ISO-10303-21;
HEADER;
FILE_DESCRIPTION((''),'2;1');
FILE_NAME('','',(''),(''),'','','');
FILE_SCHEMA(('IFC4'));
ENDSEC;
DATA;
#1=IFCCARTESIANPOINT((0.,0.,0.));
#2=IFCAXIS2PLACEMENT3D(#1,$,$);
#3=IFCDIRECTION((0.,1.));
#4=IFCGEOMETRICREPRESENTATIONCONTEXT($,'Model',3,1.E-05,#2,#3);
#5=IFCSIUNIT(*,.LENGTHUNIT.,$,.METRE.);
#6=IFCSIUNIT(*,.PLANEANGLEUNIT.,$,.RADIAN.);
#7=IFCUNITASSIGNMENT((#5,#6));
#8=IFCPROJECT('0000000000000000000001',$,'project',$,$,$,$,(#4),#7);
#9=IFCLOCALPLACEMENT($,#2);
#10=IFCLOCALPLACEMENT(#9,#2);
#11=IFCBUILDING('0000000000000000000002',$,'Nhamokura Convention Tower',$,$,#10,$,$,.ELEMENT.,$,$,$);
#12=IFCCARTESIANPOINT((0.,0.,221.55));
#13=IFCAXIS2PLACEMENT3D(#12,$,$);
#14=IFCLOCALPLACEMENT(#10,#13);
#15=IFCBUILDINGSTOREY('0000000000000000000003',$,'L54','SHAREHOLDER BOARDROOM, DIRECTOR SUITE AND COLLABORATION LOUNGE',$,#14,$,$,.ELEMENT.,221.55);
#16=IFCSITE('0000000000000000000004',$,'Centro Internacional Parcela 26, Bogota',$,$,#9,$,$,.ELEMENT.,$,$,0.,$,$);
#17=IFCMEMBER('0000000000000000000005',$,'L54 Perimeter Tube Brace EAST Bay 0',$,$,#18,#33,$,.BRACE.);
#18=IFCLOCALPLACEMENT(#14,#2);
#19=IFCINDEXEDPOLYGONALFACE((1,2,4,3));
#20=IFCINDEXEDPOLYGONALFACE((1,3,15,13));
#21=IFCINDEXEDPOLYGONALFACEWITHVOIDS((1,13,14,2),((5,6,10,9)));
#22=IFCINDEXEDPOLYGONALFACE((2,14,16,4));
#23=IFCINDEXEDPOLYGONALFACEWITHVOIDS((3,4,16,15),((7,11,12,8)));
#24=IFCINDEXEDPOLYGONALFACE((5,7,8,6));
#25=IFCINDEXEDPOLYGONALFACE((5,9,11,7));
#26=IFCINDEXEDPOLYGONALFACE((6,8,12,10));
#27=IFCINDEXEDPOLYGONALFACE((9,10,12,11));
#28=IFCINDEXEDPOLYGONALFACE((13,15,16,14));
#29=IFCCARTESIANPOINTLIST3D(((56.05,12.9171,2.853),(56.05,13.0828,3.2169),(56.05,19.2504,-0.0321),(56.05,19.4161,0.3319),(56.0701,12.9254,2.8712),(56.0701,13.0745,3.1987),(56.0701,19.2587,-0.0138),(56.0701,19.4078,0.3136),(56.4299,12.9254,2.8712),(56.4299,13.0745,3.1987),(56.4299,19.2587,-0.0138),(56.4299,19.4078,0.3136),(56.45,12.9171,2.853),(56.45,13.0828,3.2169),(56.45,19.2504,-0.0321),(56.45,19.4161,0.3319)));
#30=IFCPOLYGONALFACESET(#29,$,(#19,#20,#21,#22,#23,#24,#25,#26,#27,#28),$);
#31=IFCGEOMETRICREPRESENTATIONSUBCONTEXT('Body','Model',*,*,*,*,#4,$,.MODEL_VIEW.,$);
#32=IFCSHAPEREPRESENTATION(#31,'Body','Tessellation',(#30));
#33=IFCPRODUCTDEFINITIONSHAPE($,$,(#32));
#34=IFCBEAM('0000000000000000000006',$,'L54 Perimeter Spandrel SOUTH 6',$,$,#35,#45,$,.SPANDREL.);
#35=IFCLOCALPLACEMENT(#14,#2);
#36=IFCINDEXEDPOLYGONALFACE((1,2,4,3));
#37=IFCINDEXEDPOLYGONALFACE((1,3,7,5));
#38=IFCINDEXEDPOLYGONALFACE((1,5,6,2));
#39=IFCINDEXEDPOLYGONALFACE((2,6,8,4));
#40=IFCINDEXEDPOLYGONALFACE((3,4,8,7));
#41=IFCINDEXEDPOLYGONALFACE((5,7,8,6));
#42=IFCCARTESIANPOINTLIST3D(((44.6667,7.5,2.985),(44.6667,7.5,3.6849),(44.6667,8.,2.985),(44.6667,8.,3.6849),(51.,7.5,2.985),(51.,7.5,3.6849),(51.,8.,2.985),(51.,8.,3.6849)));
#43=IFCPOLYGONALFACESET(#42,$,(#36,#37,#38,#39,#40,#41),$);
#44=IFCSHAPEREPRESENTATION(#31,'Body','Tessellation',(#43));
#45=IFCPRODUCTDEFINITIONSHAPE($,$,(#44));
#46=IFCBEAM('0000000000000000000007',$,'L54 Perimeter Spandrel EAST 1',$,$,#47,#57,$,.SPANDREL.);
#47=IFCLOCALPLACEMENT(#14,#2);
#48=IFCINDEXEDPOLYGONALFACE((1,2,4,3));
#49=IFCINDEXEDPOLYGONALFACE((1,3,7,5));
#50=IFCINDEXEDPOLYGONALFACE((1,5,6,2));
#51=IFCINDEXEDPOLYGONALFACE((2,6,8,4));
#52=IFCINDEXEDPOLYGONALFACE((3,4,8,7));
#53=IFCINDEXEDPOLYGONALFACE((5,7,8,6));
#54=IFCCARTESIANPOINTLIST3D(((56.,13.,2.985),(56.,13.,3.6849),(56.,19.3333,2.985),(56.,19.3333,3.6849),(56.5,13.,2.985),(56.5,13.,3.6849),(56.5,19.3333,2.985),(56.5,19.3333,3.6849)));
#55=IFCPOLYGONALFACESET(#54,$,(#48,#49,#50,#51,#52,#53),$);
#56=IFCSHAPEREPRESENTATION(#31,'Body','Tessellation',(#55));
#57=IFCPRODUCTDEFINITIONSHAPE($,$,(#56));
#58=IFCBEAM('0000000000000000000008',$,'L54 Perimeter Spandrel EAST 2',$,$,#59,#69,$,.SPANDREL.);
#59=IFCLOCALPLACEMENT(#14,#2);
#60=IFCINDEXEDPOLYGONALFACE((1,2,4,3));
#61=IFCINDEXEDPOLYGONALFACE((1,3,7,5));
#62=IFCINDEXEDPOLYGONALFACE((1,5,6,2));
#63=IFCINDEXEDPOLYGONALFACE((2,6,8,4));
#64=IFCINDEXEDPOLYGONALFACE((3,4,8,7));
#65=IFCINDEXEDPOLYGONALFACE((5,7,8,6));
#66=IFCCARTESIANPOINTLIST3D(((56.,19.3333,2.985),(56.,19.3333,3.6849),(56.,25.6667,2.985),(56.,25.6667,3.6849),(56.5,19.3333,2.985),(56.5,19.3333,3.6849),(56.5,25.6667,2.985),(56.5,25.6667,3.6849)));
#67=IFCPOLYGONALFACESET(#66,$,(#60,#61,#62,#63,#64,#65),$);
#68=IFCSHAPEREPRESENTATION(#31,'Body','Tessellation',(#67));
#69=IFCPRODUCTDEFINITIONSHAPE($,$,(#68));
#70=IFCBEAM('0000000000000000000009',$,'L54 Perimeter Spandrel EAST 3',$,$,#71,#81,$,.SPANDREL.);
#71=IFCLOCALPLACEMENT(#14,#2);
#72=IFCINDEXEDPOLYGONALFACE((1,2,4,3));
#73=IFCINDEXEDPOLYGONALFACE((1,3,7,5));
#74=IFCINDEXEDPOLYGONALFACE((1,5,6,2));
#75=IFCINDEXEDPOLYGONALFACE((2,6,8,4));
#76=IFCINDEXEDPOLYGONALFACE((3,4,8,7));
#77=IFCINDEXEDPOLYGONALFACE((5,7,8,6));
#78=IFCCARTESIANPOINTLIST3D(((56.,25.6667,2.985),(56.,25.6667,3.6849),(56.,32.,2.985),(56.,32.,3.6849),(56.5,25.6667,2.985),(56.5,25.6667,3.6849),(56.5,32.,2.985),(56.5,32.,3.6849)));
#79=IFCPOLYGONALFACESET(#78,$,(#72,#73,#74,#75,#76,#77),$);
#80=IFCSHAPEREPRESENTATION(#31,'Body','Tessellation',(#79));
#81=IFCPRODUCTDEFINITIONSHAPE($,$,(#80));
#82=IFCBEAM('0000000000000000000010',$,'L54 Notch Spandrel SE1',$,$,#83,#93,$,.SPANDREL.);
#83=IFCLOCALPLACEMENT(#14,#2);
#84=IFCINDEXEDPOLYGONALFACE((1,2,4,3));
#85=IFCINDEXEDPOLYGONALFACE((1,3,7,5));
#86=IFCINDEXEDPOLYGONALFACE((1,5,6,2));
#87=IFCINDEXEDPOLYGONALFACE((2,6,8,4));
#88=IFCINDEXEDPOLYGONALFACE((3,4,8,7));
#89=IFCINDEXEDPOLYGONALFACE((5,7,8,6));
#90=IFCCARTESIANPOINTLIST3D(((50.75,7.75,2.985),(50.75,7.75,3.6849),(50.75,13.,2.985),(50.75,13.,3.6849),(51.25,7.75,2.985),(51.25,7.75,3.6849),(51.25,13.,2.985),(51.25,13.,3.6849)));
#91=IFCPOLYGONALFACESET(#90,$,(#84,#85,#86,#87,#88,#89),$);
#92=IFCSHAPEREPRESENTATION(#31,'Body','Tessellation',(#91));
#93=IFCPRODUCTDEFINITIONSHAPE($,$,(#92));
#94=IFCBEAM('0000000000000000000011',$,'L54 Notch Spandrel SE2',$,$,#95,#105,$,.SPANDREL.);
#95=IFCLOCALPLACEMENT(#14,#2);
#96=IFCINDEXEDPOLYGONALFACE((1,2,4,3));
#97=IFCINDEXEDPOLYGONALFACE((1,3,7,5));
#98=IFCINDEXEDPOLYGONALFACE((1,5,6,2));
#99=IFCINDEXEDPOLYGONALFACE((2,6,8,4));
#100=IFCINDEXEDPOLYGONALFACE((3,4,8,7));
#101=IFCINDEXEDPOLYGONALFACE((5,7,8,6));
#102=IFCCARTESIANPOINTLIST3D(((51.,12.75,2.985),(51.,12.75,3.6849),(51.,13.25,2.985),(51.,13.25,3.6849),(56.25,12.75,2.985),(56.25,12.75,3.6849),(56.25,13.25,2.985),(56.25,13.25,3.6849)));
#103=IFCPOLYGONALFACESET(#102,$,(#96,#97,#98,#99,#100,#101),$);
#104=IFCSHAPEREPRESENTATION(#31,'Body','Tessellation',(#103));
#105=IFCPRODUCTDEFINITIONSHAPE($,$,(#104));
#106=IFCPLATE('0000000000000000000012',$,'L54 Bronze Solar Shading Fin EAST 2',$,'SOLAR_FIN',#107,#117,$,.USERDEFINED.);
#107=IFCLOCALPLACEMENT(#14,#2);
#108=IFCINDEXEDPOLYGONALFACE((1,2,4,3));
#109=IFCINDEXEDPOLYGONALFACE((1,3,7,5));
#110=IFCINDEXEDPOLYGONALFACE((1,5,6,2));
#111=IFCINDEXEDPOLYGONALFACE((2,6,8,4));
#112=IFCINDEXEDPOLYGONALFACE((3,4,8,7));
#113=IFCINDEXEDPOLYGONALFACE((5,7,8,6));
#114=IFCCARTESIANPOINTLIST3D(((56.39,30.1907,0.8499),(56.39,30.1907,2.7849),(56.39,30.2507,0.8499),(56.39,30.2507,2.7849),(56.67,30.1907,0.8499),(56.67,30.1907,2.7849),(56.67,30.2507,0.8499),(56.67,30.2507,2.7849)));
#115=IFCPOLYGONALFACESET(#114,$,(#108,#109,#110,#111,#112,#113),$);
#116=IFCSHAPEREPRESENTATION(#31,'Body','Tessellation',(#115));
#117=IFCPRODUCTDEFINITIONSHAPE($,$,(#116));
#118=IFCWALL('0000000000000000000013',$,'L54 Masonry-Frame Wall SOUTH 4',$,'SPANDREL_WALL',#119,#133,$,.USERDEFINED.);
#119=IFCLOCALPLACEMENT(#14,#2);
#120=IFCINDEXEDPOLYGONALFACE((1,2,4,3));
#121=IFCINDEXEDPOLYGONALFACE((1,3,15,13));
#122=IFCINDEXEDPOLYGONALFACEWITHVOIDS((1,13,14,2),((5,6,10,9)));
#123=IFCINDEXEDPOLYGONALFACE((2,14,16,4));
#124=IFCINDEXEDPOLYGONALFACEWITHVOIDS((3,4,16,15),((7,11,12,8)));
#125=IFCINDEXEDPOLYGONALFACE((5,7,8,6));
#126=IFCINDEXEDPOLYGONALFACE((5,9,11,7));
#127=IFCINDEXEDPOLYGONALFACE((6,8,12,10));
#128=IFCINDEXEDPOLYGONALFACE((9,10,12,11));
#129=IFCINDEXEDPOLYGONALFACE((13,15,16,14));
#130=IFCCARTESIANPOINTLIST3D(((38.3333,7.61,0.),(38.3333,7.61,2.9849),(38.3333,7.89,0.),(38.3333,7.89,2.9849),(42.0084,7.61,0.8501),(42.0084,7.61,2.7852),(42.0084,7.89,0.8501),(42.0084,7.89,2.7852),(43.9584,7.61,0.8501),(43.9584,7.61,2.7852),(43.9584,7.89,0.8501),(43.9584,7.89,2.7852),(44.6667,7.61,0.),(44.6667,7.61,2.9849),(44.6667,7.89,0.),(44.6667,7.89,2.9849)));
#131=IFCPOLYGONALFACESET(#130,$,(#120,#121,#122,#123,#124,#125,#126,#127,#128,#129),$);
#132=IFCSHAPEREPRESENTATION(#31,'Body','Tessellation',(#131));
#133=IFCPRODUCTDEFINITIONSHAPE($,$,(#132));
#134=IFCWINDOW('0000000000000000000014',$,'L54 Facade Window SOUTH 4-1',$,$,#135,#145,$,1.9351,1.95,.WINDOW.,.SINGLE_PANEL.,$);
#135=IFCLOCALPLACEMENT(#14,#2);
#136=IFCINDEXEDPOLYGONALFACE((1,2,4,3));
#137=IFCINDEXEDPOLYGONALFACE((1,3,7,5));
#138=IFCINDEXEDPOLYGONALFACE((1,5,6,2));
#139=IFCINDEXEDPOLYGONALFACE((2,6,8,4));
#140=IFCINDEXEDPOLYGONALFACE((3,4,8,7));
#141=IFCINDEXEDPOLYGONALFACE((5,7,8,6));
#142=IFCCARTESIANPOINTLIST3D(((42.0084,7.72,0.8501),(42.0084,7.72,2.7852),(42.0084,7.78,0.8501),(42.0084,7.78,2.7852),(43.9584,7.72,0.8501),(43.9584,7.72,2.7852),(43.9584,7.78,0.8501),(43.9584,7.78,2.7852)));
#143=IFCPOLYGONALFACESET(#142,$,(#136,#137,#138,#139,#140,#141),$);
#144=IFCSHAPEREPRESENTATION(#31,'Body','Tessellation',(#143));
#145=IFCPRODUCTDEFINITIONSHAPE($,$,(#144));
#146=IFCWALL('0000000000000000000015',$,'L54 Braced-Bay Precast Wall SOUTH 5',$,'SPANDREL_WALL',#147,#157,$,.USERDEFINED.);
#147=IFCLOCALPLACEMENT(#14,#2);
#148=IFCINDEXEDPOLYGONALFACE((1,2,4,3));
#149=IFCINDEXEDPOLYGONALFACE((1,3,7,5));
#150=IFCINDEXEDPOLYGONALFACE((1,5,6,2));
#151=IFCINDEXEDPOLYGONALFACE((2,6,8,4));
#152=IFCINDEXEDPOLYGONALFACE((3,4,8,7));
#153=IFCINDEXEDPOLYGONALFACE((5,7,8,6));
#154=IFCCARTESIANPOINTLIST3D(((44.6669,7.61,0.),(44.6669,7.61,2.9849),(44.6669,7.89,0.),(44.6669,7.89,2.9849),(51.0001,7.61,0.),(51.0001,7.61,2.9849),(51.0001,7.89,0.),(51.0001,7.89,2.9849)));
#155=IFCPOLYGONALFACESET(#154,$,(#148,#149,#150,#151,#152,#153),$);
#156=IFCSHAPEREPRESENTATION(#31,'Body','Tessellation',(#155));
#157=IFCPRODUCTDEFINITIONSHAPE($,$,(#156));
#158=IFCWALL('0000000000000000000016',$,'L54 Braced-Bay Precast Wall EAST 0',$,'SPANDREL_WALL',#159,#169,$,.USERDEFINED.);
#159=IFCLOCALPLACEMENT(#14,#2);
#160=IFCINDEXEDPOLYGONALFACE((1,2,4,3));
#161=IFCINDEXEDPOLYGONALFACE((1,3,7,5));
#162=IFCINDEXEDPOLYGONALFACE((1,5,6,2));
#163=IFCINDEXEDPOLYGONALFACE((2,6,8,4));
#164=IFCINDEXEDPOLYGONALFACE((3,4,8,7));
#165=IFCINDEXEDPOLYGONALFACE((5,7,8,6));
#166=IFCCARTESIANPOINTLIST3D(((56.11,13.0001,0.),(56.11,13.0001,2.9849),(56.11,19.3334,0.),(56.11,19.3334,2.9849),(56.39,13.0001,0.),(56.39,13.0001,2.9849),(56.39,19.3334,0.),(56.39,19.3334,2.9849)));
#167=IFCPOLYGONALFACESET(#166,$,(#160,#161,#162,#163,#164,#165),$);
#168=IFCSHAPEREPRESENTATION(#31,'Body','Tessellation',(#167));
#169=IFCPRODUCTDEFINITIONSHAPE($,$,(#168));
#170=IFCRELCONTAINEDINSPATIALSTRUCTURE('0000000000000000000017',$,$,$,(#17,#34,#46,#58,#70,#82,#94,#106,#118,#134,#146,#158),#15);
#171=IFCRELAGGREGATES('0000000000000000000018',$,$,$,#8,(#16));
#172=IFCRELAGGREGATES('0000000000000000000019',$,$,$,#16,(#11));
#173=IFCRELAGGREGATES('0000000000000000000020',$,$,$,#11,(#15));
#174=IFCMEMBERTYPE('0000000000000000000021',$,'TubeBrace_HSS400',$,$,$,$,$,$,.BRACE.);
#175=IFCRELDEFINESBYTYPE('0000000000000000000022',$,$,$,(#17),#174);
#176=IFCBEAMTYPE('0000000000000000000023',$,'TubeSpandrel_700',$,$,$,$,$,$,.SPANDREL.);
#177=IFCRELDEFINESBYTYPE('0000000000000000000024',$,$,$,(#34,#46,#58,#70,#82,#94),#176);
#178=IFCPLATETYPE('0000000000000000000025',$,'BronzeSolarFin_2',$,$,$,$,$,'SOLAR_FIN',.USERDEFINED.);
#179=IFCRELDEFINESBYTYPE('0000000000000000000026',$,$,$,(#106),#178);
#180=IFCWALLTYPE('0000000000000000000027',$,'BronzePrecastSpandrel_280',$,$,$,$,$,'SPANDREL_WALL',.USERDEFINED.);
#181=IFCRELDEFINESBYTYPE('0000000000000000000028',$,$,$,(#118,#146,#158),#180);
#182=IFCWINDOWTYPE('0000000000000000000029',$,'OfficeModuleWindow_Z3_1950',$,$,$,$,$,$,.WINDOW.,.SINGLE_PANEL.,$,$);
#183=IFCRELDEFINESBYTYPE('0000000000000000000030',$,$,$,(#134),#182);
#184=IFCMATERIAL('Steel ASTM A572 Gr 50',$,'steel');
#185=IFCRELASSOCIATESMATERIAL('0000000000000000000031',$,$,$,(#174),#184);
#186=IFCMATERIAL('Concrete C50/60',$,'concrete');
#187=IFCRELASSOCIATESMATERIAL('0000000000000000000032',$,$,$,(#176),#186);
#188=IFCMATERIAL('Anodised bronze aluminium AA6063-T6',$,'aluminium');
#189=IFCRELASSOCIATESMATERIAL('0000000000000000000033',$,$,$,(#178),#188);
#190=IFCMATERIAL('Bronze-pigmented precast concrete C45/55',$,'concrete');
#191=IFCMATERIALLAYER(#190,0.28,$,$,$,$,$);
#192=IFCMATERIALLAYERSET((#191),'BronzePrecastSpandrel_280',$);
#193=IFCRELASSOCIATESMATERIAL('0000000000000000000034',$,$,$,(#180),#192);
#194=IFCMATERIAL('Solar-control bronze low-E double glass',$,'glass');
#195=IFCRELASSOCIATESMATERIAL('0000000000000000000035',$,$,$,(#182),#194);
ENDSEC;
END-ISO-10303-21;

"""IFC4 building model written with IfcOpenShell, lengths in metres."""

from ifc_helpers import new_model, si_unit, direction, frame, frame_2d, origin, origin_2d, place, context, subcontext, project, spatial, rectangle, hollow_rectangle, extrude, material, layer, layer_set, material_profile, profile_set, type_object, element, fill, save


model = new_model("IFC4")

# Units and contexts
model_context = context("Model", 3, precision=1e-05, world=origin(), true_north=direction((0.0, 1.0)))
body_context = subcontext(model_context, "Body", "Model", "MODEL_VIEW")
ifc_project = project(units=[si_unit("LENGTHUNIT", "METRE"), si_unit("PLANEANGLEUNIT", "RADIAN")], contexts=[model_context])

# Site, building, storey
site_placement = place(None, origin())
site = spatial("IfcSite", under=ifc_project, at=site_placement, Name="Centro Internacional Parcela 26, Bogota", CompositionType="ELEMENT", RefElevation=0.0)
building_placement = place(site_placement, origin())
building = spatial("IfcBuilding", under=site, at=building_placement, Name="Nhamokura Convention Tower", CompositionType="ELEMENT")
storey_placement = place(building_placement, frame((0.0, 0.0, 221.55)))
storey = spatial("IfcBuildingStorey", under=building, at=storey_placement, Name="L54", Description="SHAREHOLDER BOARDROOM, DIRECTOR SUITE AND COLLABORATION LOUNGE", CompositionType="ELEMENT", Elevation=221.55)

# Member
ifc_material_1 = material(Name="Steel ASTM A572 Gr 50", Category="steel")
ifc_material_profile_1 = material_profile(ifc_material_1, hollow_rectangle(XDim=0.3999, YDim=0.3999, WallThickness=0.02, at=origin_2d()))
ifc_profile_set_1 = profile_set([ifc_material_profile_1], Name="Steel ASTM A572 Gr 50")
member_type_1 = type_object("IfcMemberType", Name="TubeBrace_HSS400", PredefinedType="BRACE", material=ifc_profile_set_1)
for number, where, z_axis, x_axis, name in (
    (1, (56.25, 19.3333, 0.1499), (0.0, -0.910027, 0.414548), (1.0, 0.0, 0.0), "L54 Perimeter Tube Brace EAST Bay 0"),
):
    element("IfcMember", number, at=place(storey_placement, frame(where, z_axis=z_axis, x_axis=x_axis)), inside=storey, type_object=member_type_1, Name=name, PredefinedType="BRACE", context=body_context, shape_type="SweptSolid", body=[
        extrude(hollow_rectangle(XDim=0.3999, YDim=0.3999, WallThickness=0.02, at=origin_2d()), origin(), (0.0, 0.0, 1.0), 6.9595),
    ])

# Beams
ifc_material_2 = material(Name="Concrete C50/60", Category="concrete")
ifc_material_profile_2 = material_profile(ifc_material_2, rectangle(XDim=0.5, YDim=0.7, at=origin_2d()))
ifc_profile_set_2 = profile_set([ifc_material_profile_2], Name="Concrete C50/60")
beam_type_1 = type_object("IfcBeamType", Name="TubeSpandrel_700", PredefinedType="SPANDREL", material=ifc_profile_set_2)
for number, where, z_axis, x_axis, name in (
    (2, (44.6667, 7.75, 3.335), (1.0, 0.0, 0.0), (0.0, 1.0, 0.0), "L54 Perimeter Spandrel SOUTH 6"),
    (3, (56.25, 13.0, 3.335), (0.0, 1.0, 0.0), (-1.0, 0.0, 0.0), "L54 Perimeter Spandrel EAST 1"),
):
    element("IfcBeam", number, at=place(storey_placement, frame(where, z_axis=z_axis, x_axis=x_axis)), inside=storey, type_object=beam_type_1, Name=name, PredefinedType="SPANDREL", context=body_context, shape_type="SweptSolid", body=[
        extrude(rectangle(XDim=0.5, YDim=0.7, at=origin_2d()), origin(), (0.0, 0.0, 1.0), 6.3333),
    ])
beam_1_placement = place(storey_placement, frame((56.25, 19.3333, 3.335), z_axis=(0.0, 1.0, 0.0), x_axis=(-1.0, 0.0, 0.0)))
element("IfcBeam", 4, at=beam_1_placement, inside=storey, type_object=beam_type_1, Name="L54 Perimeter Spandrel EAST 2", PredefinedType="SPANDREL", context=body_context, shape_type="SweptSolid", body=[
    extrude(rectangle(XDim=0.5, YDim=0.7, at=origin_2d()), origin(), (0.0, 0.0, 1.0), 6.3335),
])
beam_2_placement = place(storey_placement, frame((56.25, 25.6667, 3.335), z_axis=(0.0, 1.0, 0.0), x_axis=(-1.0, 0.0, 0.0)))
element("IfcBeam", 5, at=beam_2_placement, inside=storey, type_object=beam_type_1, Name="L54 Perimeter Spandrel EAST 3", PredefinedType="SPANDREL", context=body_context, shape_type="SweptSolid", body=[
    extrude(rectangle(XDim=0.5, YDim=0.7, at=origin_2d()), origin(), (0.0, 0.0, 1.0), 6.3333),
])
for number, where, z_axis, x_axis, name in (
    (6, (51.0, 7.75, 3.335), (0.0, 1.0, 0.0), (-1.0, 0.0, 0.0), "L54 Notch Spandrel SE1"),
    (7, (51.0, 13.0, 3.335), (1.0, 0.0, 0.0), (0.0, 1.0, 0.0), "L54 Notch Spandrel SE2"),
):
    element("IfcBeam", number, at=place(storey_placement, frame(where, z_axis=z_axis, x_axis=x_axis)), inside=storey, type_object=beam_type_1, Name=name, PredefinedType="SPANDREL", context=body_context, shape_type="SweptSolid", body=[
        extrude(rectangle(XDim=0.5, YDim=0.7, at=origin_2d()), origin(), (0.0, 0.0, 1.0), 5.25),
    ])

# Plate
ifc_material_3 = material(Name="Anodised bronze aluminium AA6063-T6", Category="aluminium")
plate_type = type_object("IfcPlateType", Name="BronzeSolarFin_2", ElementType="SOLAR_FIN", PredefinedType="USERDEFINED", material=ifc_material_3)
plate_placement = place(storey_placement, frame((56.53, 30.2207, 0.8499), z_axis=(0.0, 0.0, 1.0), x_axis=(1.0, 0.0, 0.0)))
element("IfcPlate", 8, at=plate_placement, inside=storey, type_object=plate_type, Name="L54 Bronze Solar Shading Fin EAST 2", ObjectType="SOLAR_FIN", PredefinedType="USERDEFINED", context=body_context, shape_type="SweptSolid", body=[
    extrude(rectangle(XDim=0.28, YDim=0.0601, at=origin_2d()), origin(), (0.0, 0.0, 1.0), 1.9351),
])

# Wall, opening, window
ifc_material_4 = material(Name="Bronze-pigmented precast concrete C45/55", Category="concrete")
ifc_layer_1 = layer(ifc_material_4, 0.28)
ifc_layer_set_1 = layer_set([ifc_layer_1], Name="BronzePrecastSpandrel_280")
wall_type_1 = type_object("IfcWallType", Name="BronzePrecastSpandrel_280", ElementType="SPANDREL_WALL", PredefinedType="USERDEFINED", material=ifc_layer_set_1)
wall_1_placement = place(storey_placement, frame((44.6667, 7.75, 0.0), z_axis=(0.0, 0.0, 1.0), x_axis=(-1.0, 0.0, 0.0)))
wall_1 = element("IfcWall", 9, at=wall_1_placement, inside=storey, type_object=wall_type_1, Name="L54 Masonry-Frame Wall SOUTH 4", ObjectType="SPANDREL_WALL", PredefinedType="USERDEFINED", context=body_context, shape_type="SweptSolid", body=[
    extrude(rectangle(XDim=6.3335, YDim=0.28, at=frame_2d((3.1667, 0.0))), origin(), (0.0, 0.0, 1.0), 2.9849),
])
opening_1_placement = place(wall_1_placement, frame((0.7083, 0.0, 0.8501)))
opening_1 = element("IfcOpeningElement", 10, at=opening_1_placement, cuts=wall_1, PredefinedType="OPENING", context=body_context, shape_type="SweptSolid", body=[
    extrude(rectangle(XDim=1.95, YDim=1.9351, at=frame_2d((0.9751, 0.9675))), frame((0.0, 0.1499, 0.0), z_axis=(0.0, -1.0, 0.0), x_axis=(1.0, 0.0, 0.0)), (0.0, 0.0, 1.0), 0.3),
])
ifc_material_5 = material(Name="Solar-control bronze low-E double glass", Category="glass")
window_type = type_object("IfcWindowType", Name="OfficeModuleWindow_Z3_1950", PartitioningType="SINGLE_PANEL", PredefinedType="WINDOW", material=ifc_material_5)
window_1_placement = place(opening_1_placement, origin())
window_1 = element("IfcWindow", 11, at=window_1_placement, inside=storey, type_object=window_type, Name="L54 Facade Window SOUTH 4-1", OverallHeight=1.9351, OverallWidth=1.95, PartitioningType="SINGLE_PANEL", PredefinedType="WINDOW", context=body_context, shape_type="SweptSolid", body=[
    extrude(rectangle(XDim=1.95, YDim=1.9351, at=frame_2d((0.9751, 0.9675))), frame((0.0, 0.03, 0.0), z_axis=(0.0, -1.0, 0.0), x_axis=(1.0, 0.0, 0.0)), (0.0, 0.0, 1.0), 0.0601),
])
fill(opening_1, window_1)

# Walls
for number, where, z_axis, x_axis, name in (
    (12, (51.0, 7.75, 0.0), (0.0, 0.0, 1.0), (-1.0, 0.0, 0.0), "L54 Braced-Bay Precast Wall SOUTH 5"),
    (13, (56.25, 19.3333, 0.0), (0.0, 0.0, 1.0), (0.0, -1.0, 0.0), "L54 Braced-Bay Precast Wall EAST 0"),
):
    element("IfcWall", number, at=place(storey_placement, frame(where, z_axis=z_axis, x_axis=x_axis)), inside=storey, type_object=wall_type_1, Name=name, ObjectType="SPANDREL_WALL", PredefinedType="USERDEFINED", context=body_context, shape_type="SweptSolid", body=[
        extrude(rectangle(XDim=6.3333, YDim=0.28, at=frame_2d((3.1665, 0.0))), origin(), (0.0, 0.0, 1.0), 2.9849),
    ])

save(model, "model.ifc")
